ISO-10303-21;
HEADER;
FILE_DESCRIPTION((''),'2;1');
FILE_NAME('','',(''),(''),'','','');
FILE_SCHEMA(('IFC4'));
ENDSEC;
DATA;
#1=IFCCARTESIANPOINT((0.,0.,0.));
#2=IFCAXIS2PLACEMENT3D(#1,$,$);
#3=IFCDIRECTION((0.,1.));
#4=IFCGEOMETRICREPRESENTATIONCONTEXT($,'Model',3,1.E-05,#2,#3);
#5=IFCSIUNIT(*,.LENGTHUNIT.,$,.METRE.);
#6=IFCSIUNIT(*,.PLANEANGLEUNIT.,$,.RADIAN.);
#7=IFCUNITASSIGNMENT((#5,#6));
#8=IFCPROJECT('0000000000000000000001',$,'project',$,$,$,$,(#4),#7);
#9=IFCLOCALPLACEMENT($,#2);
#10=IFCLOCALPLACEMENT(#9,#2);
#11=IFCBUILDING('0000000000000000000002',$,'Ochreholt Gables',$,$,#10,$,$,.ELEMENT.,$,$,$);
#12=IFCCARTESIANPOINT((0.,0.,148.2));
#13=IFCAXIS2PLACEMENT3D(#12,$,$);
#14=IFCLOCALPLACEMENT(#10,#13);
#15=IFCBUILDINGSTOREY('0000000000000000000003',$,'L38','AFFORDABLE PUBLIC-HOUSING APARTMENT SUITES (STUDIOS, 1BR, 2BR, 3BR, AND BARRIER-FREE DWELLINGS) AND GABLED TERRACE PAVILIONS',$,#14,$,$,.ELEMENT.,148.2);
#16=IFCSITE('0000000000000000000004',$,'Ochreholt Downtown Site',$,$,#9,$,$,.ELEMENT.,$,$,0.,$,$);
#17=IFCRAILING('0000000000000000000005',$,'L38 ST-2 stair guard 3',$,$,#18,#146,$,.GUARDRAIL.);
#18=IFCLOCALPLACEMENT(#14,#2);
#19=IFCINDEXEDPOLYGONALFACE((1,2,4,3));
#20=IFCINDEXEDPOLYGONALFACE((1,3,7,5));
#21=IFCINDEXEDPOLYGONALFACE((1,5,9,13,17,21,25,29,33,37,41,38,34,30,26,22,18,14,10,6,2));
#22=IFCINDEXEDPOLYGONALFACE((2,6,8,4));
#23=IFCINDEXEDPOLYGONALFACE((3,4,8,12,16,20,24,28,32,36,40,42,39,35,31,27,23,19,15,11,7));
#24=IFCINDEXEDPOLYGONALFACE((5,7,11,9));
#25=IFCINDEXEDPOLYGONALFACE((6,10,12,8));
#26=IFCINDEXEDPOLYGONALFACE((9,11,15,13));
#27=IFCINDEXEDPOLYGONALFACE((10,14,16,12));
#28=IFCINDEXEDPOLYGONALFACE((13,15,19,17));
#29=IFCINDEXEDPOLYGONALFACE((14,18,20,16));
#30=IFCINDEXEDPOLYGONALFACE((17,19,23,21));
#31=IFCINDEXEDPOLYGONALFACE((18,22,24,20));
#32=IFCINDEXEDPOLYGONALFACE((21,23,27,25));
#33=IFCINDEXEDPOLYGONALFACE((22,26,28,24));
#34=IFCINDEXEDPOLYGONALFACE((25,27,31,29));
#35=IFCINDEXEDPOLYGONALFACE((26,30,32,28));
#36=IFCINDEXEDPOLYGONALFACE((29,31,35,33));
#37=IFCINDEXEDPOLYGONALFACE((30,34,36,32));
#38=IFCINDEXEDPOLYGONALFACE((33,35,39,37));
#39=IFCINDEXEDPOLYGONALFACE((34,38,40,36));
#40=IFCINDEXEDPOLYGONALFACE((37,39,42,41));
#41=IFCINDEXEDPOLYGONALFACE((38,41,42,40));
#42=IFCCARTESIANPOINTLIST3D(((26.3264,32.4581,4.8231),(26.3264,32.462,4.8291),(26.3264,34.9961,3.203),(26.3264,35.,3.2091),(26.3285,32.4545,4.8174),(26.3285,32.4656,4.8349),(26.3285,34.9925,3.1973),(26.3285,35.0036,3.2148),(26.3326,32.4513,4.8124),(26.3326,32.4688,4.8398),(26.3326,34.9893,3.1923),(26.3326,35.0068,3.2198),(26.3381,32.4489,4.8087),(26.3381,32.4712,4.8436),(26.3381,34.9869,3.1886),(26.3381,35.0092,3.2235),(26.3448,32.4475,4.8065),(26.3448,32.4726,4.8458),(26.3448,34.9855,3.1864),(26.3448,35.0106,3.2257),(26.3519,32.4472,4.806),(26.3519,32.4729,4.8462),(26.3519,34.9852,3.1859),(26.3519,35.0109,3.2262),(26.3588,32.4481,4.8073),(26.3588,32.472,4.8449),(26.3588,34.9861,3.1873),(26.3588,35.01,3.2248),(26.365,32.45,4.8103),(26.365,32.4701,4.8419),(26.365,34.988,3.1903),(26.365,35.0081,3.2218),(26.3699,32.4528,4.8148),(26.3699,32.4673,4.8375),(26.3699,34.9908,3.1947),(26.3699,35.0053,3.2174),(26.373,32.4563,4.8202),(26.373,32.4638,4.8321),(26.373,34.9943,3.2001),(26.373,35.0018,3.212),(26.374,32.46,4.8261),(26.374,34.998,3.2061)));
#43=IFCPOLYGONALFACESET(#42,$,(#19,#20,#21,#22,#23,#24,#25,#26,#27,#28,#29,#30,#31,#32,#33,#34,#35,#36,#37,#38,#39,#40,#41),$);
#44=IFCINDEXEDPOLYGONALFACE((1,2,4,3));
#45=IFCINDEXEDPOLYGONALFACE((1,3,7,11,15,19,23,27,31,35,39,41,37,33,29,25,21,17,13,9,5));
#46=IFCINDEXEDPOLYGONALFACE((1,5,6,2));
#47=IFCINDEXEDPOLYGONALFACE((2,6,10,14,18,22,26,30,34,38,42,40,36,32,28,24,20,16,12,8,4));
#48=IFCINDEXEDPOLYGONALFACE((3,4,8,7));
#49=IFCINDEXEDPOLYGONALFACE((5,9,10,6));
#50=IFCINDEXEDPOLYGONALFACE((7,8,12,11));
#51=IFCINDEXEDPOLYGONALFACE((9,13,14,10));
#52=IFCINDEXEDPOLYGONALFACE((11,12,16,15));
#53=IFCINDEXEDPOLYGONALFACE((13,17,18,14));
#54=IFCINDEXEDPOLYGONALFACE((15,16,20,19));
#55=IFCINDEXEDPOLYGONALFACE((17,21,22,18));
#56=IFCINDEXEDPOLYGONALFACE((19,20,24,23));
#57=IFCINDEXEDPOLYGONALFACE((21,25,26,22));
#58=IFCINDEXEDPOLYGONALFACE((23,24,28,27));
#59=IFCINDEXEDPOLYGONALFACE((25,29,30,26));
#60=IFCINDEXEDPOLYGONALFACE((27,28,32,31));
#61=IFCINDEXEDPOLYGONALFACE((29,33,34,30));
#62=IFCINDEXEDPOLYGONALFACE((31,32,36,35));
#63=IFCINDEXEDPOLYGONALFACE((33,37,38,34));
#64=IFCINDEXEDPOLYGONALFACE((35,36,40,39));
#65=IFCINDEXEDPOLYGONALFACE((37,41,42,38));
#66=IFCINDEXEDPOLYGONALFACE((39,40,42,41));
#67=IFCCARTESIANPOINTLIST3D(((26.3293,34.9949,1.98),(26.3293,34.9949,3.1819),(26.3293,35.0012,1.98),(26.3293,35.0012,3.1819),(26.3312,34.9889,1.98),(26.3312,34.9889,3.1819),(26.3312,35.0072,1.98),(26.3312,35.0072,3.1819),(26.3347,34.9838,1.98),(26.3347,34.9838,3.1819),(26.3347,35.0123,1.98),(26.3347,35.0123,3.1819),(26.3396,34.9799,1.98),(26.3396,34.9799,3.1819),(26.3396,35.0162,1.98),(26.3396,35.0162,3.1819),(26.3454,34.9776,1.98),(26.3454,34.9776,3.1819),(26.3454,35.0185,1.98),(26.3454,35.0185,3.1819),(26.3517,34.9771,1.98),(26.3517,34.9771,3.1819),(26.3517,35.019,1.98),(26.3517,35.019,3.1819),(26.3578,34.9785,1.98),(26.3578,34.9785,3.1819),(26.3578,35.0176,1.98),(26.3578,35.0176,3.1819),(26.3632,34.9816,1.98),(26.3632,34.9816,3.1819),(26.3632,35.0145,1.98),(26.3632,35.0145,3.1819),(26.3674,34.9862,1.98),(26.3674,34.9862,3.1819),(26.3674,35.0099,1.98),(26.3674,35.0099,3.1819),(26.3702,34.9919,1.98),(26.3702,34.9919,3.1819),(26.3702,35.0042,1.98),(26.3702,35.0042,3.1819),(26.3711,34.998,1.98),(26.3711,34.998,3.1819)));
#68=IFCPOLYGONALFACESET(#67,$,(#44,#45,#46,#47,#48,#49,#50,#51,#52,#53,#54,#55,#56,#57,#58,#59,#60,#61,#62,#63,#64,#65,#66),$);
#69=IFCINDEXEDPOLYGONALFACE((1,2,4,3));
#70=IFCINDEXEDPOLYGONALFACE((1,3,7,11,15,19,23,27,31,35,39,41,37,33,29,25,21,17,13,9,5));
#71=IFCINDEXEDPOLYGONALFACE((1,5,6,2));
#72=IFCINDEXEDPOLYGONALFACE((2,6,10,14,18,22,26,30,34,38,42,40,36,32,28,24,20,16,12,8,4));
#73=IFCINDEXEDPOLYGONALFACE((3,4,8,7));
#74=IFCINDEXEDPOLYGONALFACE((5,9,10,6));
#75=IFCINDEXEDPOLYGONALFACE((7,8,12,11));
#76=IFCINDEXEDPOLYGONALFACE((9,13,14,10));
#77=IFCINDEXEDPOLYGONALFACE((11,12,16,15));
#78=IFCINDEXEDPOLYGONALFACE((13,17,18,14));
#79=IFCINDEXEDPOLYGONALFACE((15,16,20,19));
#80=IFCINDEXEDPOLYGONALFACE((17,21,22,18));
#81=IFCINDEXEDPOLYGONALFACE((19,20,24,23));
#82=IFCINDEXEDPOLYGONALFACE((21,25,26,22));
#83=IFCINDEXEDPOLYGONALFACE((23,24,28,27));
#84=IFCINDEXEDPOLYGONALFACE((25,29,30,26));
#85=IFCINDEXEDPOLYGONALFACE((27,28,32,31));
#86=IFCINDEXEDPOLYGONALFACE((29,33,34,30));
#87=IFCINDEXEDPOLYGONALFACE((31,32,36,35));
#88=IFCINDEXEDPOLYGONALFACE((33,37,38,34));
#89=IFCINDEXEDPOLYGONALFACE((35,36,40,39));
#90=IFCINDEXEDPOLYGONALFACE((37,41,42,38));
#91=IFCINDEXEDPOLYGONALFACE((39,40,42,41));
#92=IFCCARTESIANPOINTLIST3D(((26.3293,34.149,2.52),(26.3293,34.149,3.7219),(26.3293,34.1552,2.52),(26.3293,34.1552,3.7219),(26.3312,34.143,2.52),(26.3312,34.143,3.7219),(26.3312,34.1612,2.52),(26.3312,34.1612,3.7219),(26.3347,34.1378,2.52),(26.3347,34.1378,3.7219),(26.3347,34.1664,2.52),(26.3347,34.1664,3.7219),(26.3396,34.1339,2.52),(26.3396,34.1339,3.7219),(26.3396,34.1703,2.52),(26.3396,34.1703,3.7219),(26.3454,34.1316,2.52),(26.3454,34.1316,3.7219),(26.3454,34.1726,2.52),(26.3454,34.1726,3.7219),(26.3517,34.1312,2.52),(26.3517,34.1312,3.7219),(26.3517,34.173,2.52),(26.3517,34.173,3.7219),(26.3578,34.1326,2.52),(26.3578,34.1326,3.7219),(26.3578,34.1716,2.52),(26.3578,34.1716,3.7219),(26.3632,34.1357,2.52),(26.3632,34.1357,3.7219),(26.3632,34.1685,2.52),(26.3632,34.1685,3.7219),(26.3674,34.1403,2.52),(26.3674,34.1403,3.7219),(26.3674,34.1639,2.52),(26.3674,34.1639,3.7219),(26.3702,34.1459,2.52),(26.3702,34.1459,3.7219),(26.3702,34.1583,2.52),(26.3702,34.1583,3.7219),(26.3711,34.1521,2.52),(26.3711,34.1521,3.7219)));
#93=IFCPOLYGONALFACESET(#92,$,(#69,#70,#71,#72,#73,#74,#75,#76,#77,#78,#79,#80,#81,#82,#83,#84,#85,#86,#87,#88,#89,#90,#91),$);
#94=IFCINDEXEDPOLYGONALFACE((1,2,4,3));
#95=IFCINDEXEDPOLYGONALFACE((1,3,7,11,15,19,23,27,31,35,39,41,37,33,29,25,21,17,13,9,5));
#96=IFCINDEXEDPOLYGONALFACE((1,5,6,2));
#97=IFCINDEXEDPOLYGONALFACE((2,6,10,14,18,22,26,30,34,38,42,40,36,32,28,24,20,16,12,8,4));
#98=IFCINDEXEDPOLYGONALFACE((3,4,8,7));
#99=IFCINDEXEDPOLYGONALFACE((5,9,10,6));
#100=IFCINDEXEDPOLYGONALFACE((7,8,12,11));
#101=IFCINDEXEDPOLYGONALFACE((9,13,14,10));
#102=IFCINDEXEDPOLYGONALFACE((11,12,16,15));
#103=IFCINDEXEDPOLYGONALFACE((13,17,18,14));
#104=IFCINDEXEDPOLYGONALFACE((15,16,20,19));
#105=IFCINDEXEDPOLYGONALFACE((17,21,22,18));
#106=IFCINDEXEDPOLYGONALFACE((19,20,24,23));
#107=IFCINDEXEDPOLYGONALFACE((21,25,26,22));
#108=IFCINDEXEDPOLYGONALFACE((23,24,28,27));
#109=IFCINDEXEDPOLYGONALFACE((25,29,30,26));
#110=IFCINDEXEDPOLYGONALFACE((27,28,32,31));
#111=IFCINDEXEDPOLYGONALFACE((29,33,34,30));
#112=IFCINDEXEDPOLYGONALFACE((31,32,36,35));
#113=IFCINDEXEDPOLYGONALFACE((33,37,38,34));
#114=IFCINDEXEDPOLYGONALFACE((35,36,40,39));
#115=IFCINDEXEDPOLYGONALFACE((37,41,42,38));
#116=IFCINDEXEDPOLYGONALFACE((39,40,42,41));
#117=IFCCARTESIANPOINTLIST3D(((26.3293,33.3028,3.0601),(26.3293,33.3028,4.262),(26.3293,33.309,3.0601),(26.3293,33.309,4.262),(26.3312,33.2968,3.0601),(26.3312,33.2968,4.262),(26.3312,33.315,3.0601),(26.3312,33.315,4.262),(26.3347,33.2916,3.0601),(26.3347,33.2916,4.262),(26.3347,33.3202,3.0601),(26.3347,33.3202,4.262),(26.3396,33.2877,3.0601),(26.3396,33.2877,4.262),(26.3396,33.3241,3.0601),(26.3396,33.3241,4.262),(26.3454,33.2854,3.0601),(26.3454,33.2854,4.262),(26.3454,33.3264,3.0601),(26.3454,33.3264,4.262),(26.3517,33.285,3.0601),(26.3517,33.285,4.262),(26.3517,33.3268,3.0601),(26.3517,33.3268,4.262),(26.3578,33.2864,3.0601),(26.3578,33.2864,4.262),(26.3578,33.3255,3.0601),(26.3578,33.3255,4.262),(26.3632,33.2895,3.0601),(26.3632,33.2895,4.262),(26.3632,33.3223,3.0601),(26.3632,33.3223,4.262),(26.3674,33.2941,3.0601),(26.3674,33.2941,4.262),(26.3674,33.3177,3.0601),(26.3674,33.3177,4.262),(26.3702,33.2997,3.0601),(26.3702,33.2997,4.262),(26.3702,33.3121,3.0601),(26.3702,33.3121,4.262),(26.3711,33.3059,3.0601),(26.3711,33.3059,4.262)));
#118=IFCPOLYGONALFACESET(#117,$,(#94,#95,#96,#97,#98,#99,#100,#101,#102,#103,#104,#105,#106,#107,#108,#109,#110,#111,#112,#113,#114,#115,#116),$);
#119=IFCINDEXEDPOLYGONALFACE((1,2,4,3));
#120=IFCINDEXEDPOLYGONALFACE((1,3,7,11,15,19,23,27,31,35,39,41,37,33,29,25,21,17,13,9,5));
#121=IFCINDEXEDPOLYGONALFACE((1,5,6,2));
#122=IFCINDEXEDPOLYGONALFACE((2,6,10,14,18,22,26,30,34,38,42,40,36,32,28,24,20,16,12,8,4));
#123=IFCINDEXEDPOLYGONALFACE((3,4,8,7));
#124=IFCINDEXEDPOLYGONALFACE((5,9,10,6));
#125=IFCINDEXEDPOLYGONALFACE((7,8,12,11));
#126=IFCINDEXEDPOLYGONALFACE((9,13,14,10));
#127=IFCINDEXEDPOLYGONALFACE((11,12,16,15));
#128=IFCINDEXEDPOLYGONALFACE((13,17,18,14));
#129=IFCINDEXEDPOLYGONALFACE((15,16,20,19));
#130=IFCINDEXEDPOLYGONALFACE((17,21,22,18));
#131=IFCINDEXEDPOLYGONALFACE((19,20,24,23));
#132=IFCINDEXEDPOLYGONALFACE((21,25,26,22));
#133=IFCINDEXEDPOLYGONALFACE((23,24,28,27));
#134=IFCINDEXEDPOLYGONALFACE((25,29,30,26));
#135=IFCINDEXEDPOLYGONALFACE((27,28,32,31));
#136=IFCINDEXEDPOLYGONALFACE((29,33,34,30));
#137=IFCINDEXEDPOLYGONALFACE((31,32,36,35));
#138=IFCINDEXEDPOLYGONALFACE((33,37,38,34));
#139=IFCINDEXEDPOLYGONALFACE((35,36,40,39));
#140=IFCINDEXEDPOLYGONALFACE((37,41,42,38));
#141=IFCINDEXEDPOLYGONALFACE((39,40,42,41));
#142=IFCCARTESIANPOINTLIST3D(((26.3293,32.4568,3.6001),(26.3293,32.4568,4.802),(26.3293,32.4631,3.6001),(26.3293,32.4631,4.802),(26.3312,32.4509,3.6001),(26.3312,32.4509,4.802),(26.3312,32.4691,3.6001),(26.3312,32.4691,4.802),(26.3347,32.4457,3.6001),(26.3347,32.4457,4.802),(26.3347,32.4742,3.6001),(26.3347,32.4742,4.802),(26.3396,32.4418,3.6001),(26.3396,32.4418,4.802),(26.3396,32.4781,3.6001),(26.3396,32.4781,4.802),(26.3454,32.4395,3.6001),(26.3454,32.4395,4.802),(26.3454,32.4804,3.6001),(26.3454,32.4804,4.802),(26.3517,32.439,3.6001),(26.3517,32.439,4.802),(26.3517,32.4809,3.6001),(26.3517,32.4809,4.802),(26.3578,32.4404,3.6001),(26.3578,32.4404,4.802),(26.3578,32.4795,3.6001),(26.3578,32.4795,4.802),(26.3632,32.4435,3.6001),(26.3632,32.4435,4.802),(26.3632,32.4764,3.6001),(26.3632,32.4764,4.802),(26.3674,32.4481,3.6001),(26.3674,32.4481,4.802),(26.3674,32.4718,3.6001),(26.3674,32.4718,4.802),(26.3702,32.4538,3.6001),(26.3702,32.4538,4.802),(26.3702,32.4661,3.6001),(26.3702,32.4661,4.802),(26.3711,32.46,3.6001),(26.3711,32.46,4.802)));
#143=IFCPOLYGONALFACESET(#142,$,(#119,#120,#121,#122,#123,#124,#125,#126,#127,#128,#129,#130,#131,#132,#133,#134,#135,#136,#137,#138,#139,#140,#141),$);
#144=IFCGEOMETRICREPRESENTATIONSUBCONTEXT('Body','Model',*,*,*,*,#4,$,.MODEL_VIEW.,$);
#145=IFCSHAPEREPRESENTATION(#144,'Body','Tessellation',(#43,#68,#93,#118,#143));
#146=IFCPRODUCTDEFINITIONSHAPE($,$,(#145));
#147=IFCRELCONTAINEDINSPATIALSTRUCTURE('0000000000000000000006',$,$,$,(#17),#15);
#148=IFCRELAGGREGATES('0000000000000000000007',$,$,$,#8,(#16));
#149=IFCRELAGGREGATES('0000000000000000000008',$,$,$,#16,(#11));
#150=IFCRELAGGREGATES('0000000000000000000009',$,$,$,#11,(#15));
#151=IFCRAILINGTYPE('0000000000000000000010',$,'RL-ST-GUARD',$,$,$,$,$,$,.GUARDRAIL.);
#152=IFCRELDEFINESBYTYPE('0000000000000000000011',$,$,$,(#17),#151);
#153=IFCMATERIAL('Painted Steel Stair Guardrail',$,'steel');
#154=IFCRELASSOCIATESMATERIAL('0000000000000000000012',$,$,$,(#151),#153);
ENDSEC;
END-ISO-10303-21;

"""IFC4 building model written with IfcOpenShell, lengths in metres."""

from ifc_helpers import new_model, si_unit, direction, frame, origin, origin_2d, place, context, subcontext, project, spatial, circle, extrude, material, type_object, element, save


model = new_model("IFC4")

# Units and contexts
model_context = context("Model", 3, precision=1e-05, world=origin(), true_north=direction((0.0, 1.0)))
body_context = subcontext(model_context, "Body", "Model", "MODEL_VIEW")
ifc_project = project(units=[si_unit("LENGTHUNIT", "METRE"), si_unit("PLANEANGLEUNIT", "RADIAN")], contexts=[model_context])

# Site, building, storey
site_placement = place(None, origin())
site = spatial("IfcSite", under=ifc_project, at=site_placement, Name="Ochreholt Downtown Site", CompositionType="ELEMENT", RefElevation=0.0)
building_placement = place(site_placement, origin())
building = spatial("IfcBuilding", under=site, at=building_placement, Name="Ochreholt Gables", CompositionType="ELEMENT")
storey_placement = place(building_placement, frame((0.0, 0.0, 148.2)))
storey = spatial("IfcBuildingStorey", under=building, at=storey_placement, Name="L38", Description="AFFORDABLE PUBLIC-HOUSING APARTMENT SUITES (STUDIOS, 1BR, 2BR, 3BR, AND BARRIER-FREE DWELLINGS) AND GABLED TERRACE PAVILIONS", CompositionType="ELEMENT", Elevation=148.2)

# Railing
ifc_material_1 = material(Name="Painted Steel Stair Guardrail", Category="steel")
railing_type_1 = type_object("IfcRailingType", Name="RL-ST-GUARD", PredefinedType="GUARDRAIL", material=ifc_material_1)
railing_1_placement = place(storey_placement, frame((26.3501, 34.998, 1.98)))
element("IfcRailing", 1, at=railing_1_placement, inside=storey, type_object=railing_type_1, Name="L38 ST-2 stair guard 3", PredefinedType="GUARDRAIL", context=body_context, shape_type="SweptSolid", body=[
    extrude(circle(Radius=0.0239, at=origin_2d()), frame((0.0, 0.0, 1.2261), z_axis=(0.0, -0.842913, 0.53805), x_axis=(1.0, 0.0, 0.0)), (0.0, 0.0, 1.0), 3.011),
    extrude(circle(Radius=0.021, at=origin_2d()), origin(), (0.0, 0.0, 1.0), 1.2019),
    extrude(circle(Radius=0.021, at=origin_2d()), frame((0.0, -0.8459, 0.54)), (0.0, 0.0, 1.0), 1.2019),
    extrude(circle(Radius=0.021, at=origin_2d()), frame((0.0, -1.6921, 1.0801)), (0.0, 0.0, 1.0), 1.2019),
    extrude(circle(Radius=0.021, at=origin_2d()), frame((0.0, -2.5381, 1.6201)), (0.0, 0.0, 1.0), 1.2019),
])

save(model, "model.ifc")
